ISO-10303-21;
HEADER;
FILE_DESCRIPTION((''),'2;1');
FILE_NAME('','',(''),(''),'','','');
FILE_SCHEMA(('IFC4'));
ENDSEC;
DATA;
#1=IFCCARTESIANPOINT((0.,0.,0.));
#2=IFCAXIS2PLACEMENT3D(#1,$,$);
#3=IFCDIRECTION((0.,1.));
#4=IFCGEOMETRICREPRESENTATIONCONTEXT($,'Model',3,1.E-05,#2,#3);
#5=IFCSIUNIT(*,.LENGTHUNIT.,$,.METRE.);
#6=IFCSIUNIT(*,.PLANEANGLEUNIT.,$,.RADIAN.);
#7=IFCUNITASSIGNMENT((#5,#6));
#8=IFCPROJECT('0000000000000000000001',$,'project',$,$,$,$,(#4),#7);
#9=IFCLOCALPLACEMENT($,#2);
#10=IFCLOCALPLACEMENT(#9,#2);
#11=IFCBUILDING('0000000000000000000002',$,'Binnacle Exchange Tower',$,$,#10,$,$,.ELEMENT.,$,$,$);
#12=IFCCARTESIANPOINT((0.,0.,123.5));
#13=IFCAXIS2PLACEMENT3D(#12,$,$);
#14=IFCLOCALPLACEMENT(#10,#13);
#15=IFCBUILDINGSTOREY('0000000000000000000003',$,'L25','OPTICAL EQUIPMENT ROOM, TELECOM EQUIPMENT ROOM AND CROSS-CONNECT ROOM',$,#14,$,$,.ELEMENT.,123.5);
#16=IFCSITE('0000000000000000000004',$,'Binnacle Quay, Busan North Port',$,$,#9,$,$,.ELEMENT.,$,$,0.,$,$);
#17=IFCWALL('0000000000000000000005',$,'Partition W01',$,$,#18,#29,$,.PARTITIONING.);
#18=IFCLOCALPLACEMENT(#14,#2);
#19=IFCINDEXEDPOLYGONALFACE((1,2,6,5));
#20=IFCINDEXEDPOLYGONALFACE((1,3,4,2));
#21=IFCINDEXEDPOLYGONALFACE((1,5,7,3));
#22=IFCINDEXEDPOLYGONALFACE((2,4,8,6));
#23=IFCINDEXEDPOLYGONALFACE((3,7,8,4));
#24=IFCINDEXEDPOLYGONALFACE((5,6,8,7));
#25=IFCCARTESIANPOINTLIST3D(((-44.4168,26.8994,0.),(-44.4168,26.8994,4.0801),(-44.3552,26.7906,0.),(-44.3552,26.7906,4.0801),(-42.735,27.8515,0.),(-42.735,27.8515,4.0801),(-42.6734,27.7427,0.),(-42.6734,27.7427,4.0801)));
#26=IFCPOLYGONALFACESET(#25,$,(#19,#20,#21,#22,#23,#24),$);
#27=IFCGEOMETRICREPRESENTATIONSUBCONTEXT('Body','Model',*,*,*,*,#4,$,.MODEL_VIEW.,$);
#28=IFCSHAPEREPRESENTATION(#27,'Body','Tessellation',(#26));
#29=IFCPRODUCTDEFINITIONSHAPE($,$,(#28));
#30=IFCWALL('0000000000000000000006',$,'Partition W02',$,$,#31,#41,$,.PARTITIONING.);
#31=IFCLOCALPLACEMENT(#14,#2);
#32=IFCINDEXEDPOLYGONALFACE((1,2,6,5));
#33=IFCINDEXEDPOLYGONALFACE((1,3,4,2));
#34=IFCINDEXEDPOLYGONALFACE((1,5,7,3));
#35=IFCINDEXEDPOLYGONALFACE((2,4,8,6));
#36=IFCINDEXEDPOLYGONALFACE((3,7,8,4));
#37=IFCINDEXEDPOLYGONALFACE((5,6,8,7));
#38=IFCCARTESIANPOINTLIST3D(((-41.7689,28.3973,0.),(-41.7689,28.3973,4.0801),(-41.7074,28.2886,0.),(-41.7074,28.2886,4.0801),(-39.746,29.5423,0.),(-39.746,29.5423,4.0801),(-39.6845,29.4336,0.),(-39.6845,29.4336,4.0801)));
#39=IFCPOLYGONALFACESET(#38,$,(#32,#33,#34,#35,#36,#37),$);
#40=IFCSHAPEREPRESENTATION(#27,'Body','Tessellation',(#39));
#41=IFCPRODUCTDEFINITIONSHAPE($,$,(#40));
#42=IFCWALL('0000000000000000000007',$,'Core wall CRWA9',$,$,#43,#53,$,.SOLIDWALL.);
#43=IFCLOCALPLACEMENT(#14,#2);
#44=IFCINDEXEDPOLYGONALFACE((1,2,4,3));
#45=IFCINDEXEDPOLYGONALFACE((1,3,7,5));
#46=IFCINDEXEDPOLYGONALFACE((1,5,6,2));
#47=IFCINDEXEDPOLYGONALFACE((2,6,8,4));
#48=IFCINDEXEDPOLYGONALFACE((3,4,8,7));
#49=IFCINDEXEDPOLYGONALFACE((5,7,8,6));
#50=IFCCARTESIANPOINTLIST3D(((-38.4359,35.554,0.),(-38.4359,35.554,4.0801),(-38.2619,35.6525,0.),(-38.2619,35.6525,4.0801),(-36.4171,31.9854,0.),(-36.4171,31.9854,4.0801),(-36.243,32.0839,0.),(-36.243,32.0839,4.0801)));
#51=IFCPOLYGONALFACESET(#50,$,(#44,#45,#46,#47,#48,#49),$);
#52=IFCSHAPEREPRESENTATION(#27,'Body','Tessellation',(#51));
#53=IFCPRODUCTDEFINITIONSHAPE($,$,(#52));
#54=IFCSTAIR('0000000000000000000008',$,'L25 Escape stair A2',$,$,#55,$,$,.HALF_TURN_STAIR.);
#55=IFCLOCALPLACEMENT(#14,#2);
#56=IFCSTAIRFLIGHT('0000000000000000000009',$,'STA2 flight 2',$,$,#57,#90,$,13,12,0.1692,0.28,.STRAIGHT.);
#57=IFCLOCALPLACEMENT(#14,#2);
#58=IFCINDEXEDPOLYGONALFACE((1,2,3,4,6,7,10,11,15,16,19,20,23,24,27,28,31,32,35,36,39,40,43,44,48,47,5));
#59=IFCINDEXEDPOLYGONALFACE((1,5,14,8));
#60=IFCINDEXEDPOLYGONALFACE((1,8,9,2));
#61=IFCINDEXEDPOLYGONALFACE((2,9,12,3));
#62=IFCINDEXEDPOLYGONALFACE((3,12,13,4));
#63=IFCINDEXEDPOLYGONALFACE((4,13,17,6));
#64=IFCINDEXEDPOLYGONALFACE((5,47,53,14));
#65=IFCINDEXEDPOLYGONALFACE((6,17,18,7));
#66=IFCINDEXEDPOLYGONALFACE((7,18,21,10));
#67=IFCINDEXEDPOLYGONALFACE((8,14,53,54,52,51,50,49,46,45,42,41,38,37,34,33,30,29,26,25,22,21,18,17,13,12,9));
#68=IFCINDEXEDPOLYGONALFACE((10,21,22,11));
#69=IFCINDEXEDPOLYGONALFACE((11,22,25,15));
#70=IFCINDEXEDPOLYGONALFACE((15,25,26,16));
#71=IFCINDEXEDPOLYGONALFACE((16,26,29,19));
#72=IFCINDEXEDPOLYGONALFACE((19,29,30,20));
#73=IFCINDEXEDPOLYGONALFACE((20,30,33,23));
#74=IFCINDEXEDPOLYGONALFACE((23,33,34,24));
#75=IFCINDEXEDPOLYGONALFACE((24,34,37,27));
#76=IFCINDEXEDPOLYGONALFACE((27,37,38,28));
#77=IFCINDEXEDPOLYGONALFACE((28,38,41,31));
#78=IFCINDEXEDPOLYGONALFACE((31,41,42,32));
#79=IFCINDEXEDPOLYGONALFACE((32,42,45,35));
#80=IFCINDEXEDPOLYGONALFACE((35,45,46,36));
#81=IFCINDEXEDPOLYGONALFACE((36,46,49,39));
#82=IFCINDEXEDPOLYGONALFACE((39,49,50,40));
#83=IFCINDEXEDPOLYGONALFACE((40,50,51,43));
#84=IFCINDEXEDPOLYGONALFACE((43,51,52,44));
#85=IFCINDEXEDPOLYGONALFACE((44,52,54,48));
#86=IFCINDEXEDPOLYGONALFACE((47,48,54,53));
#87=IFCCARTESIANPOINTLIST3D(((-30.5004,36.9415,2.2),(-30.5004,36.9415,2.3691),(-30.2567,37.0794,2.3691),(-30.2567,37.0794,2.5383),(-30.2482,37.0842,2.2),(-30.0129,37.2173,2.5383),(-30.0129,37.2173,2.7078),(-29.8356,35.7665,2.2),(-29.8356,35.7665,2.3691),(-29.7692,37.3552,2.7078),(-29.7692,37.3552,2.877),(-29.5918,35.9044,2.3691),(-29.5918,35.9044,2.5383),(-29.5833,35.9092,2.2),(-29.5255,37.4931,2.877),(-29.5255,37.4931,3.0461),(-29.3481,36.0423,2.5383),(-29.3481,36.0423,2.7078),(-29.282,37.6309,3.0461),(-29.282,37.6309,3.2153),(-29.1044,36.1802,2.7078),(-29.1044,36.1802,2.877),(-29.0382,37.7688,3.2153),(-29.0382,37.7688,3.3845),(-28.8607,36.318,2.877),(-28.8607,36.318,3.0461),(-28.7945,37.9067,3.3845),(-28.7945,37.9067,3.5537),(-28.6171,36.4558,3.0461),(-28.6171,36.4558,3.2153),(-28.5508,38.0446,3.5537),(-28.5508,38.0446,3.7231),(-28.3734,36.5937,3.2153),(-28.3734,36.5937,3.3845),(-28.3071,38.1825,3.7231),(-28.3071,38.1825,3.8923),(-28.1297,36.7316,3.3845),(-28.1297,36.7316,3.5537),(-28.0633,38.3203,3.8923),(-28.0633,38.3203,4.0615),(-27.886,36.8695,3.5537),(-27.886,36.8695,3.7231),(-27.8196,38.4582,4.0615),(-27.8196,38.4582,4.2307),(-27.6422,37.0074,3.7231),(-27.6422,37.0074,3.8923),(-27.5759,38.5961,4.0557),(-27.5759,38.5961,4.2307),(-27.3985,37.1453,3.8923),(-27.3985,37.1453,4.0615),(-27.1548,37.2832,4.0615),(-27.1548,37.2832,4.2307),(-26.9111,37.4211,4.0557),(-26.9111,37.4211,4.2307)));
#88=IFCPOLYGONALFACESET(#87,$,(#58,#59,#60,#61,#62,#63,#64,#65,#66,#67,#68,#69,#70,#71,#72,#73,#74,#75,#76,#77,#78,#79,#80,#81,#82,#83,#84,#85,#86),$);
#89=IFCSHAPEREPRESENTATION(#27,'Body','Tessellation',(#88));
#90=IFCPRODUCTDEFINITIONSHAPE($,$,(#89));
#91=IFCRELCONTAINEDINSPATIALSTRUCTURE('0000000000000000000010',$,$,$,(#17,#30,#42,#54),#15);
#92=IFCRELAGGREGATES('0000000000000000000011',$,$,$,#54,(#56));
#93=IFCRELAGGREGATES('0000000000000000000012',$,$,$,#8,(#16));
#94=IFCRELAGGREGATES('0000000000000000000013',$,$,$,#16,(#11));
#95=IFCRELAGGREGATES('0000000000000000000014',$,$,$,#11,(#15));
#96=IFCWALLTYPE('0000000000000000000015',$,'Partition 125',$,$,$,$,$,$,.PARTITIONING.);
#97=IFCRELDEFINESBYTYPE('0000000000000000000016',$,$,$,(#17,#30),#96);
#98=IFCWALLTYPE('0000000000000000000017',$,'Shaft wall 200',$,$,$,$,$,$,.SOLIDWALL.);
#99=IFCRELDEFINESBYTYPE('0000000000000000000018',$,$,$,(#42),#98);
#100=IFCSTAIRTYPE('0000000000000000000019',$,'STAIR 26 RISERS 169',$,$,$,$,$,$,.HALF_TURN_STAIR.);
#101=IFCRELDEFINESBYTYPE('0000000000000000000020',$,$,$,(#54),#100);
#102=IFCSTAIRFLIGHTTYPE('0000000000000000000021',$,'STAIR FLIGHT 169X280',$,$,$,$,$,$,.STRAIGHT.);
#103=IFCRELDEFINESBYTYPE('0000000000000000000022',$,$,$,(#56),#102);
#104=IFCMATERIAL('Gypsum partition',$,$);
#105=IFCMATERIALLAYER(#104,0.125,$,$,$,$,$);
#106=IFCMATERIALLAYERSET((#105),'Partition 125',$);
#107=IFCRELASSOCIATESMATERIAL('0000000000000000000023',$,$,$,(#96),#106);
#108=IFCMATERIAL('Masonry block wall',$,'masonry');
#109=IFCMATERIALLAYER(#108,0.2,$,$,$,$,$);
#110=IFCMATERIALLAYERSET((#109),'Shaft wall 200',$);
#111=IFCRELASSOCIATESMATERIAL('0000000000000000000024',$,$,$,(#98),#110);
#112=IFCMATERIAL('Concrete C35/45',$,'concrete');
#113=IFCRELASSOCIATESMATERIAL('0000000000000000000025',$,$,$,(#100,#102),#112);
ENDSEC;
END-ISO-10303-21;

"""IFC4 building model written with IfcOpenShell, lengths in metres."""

from ifc_helpers import new_model, si_unit, direction, frame, frame_2d, origin, place, context, subcontext, project, spatial, polyline, rectangle, outline, extrude, material, layer, layer_set, type_object, element, aggregate, save


model = new_model("IFC4")

# Units and contexts
model_context = context("Model", 3, precision=1e-05, world=origin(), true_north=direction((0.0, 1.0)))
body_context = subcontext(model_context, "Body", "Model", "MODEL_VIEW")
ifc_project = project(units=[si_unit("LENGTHUNIT", "METRE"), si_unit("PLANEANGLEUNIT", "RADIAN")], contexts=[model_context])

# Site, building, storey
site_placement = place(None, origin())
site = spatial("IfcSite", under=ifc_project, at=site_placement, Name="Binnacle Quay, Busan North Port", CompositionType="ELEMENT", RefElevation=0.0)
building_placement = place(site_placement, origin())
building = spatial("IfcBuilding", under=site, at=building_placement, Name="Binnacle Exchange Tower", CompositionType="ELEMENT")
storey_placement = place(building_placement, frame((0.0, 0.0, 123.5)))
storey = spatial("IfcBuildingStorey", under=building, at=storey_placement, Name="L25", Description="OPTICAL EQUIPMENT ROOM, TELECOM EQUIPMENT ROOM AND CROSS-CONNECT ROOM", CompositionType="ELEMENT", Elevation=123.5)

# Walls
ifc_material_1 = material(Name="Gypsum partition")
ifc_layer_1 = layer(ifc_material_1, 0.125)
ifc_layer_set_1 = layer_set([ifc_layer_1], Name="Partition 125")
wall_type_1 = type_object("IfcWallType", Name="Partition 125", PredefinedType="PARTITIONING", material=ifc_layer_set_1)
wall_1_placement = place(storey_placement, frame((-44.386, 26.845, 0.0), z_axis=(0.0, 0.0, 1.0), x_axis=(0.870226, 0.492652, 0.0)))
element("IfcWall", 1, at=wall_1_placement, inside=storey, type_object=wall_type_1, Name="Partition W01", PredefinedType="PARTITIONING", context=body_context, shape_type="SweptSolid", body=[
    extrude(rectangle(XDim=1.9326, YDim=0.125, at=frame_2d((0.9663, 0.0))), origin(), (0.0, 0.0, 1.0), 4.0801),
])
wall_2_placement = place(storey_placement, frame((-41.738, 28.343, 0.0), z_axis=(0.0, 0.0, 1.0), x_axis=(0.870265, 0.492583, 0.0)))
element("IfcWall", 2, at=wall_2_placement, inside=storey, type_object=wall_type_1, Name="Partition W02", PredefinedType="PARTITIONING", context=body_context, shape_type="SweptSolid", body=[
    extrude(rectangle(XDim=2.3245, YDim=0.125, at=frame_2d((1.1621, 0.0))), origin(), (0.0, 0.0, 1.0), 4.0801),
])
ifc_material_2 = material(Name="Masonry block wall", Category="masonry")
ifc_layer_2 = layer(ifc_material_2, 0.2)
ifc_layer_set_2 = layer_set([ifc_layer_2], Name="Shaft wall 200")
wall_type_2 = type_object("IfcWallType", Name="Shaft wall 200", PredefinedType="SOLIDWALL", material=ifc_layer_set_2)
wall_3_placement = place(storey_placement, frame((-38.3489, 35.6033, 0.0), z_axis=(0.0, 0.0, 1.0), x_axis=(0.492383, -0.870379, 0.0)))
element("IfcWall", 3, at=wall_3_placement, inside=storey, type_object=wall_type_2, Name="Core wall CRWA9", PredefinedType="SOLIDWALL", context=body_context, shape_type="SweptSolid", body=[
    extrude(rectangle(XDim=4.1001, YDim=0.2, at=frame_2d((2.05, 0.0))), origin(), (0.0, 0.0, 1.0), 4.0801),
])

# Stair, stair flight
ifc_material_3 = material(Name="Concrete C35/45", Category="concrete")
stair_type = type_object("IfcStairType", Name="STAIR 26 RISERS 169", PredefinedType="HALF_TURN_STAIR", material=ifc_material_3)
stair_placement = place(storey_placement, origin())
stair = element("IfcStair", 4, at=stair_placement, inside=storey, type_object=stair_type, Name="L25 Escape stair A2", PredefinedType="HALF_TURN_STAIR")
stair_flight_type = type_object("IfcStairFlightType", Name="STAIR FLIGHT 169X280", PredefinedType="STRAIGHT", material=ifc_material_3)
stair_flight_placement = place(storey_placement, frame((-30.168, 36.354, 2.2), z_axis=(0.0, 0.0, 1.0), x_axis=(0.870356, 0.492424, 0.0)))
stair_flight = element("IfcStairFlight", 5, at=stair_flight_placement, type_object=stair_flight_type, Name="STA2 flight 2", NumberOfRisers=13, NumberOfTreads=12, PredefinedType="STRAIGHT", RiserHeight=0.1692, TreadLength=0.28, context=body_context, shape_type="SweptSolid", body=[
    extrude(outline(polyline([(0.0, 0.0), (0.0, 0.1692), (0.28, 0.1692), (0.28, 0.3384), (0.5601, 0.3384), (0.5601, 0.5078), (0.8401, 0.5078), (0.8401, 0.677), (1.1201, 0.677), (1.1201, 0.8462), (1.3999, 0.8462), (1.3999, 1.0154), (1.6799, 1.0154), (1.6799, 1.1846), (1.96, 1.1846), (1.96, 1.3538), (2.24, 1.3538), (2.24, 1.5232), (2.52, 1.5232), (2.52, 1.6924), (2.8, 1.6924), (2.8, 1.8616), (3.0801, 1.8616), (3.0801, 2.0308), (3.3601, 2.0308), (3.3601, 2.2), (3.3601, 1.8557), (0.2898, 0.0), (0.0, 0.0)])), frame((0.0, 0.675, 0.0), z_axis=(0.0, -1.0, 0.0), x_axis=(1.0, 0.0, 0.0)), (0.0, 0.0, 1.0), 1.3501),
])
aggregate(stair, [stair_flight])

save(model, "model.ifc")
